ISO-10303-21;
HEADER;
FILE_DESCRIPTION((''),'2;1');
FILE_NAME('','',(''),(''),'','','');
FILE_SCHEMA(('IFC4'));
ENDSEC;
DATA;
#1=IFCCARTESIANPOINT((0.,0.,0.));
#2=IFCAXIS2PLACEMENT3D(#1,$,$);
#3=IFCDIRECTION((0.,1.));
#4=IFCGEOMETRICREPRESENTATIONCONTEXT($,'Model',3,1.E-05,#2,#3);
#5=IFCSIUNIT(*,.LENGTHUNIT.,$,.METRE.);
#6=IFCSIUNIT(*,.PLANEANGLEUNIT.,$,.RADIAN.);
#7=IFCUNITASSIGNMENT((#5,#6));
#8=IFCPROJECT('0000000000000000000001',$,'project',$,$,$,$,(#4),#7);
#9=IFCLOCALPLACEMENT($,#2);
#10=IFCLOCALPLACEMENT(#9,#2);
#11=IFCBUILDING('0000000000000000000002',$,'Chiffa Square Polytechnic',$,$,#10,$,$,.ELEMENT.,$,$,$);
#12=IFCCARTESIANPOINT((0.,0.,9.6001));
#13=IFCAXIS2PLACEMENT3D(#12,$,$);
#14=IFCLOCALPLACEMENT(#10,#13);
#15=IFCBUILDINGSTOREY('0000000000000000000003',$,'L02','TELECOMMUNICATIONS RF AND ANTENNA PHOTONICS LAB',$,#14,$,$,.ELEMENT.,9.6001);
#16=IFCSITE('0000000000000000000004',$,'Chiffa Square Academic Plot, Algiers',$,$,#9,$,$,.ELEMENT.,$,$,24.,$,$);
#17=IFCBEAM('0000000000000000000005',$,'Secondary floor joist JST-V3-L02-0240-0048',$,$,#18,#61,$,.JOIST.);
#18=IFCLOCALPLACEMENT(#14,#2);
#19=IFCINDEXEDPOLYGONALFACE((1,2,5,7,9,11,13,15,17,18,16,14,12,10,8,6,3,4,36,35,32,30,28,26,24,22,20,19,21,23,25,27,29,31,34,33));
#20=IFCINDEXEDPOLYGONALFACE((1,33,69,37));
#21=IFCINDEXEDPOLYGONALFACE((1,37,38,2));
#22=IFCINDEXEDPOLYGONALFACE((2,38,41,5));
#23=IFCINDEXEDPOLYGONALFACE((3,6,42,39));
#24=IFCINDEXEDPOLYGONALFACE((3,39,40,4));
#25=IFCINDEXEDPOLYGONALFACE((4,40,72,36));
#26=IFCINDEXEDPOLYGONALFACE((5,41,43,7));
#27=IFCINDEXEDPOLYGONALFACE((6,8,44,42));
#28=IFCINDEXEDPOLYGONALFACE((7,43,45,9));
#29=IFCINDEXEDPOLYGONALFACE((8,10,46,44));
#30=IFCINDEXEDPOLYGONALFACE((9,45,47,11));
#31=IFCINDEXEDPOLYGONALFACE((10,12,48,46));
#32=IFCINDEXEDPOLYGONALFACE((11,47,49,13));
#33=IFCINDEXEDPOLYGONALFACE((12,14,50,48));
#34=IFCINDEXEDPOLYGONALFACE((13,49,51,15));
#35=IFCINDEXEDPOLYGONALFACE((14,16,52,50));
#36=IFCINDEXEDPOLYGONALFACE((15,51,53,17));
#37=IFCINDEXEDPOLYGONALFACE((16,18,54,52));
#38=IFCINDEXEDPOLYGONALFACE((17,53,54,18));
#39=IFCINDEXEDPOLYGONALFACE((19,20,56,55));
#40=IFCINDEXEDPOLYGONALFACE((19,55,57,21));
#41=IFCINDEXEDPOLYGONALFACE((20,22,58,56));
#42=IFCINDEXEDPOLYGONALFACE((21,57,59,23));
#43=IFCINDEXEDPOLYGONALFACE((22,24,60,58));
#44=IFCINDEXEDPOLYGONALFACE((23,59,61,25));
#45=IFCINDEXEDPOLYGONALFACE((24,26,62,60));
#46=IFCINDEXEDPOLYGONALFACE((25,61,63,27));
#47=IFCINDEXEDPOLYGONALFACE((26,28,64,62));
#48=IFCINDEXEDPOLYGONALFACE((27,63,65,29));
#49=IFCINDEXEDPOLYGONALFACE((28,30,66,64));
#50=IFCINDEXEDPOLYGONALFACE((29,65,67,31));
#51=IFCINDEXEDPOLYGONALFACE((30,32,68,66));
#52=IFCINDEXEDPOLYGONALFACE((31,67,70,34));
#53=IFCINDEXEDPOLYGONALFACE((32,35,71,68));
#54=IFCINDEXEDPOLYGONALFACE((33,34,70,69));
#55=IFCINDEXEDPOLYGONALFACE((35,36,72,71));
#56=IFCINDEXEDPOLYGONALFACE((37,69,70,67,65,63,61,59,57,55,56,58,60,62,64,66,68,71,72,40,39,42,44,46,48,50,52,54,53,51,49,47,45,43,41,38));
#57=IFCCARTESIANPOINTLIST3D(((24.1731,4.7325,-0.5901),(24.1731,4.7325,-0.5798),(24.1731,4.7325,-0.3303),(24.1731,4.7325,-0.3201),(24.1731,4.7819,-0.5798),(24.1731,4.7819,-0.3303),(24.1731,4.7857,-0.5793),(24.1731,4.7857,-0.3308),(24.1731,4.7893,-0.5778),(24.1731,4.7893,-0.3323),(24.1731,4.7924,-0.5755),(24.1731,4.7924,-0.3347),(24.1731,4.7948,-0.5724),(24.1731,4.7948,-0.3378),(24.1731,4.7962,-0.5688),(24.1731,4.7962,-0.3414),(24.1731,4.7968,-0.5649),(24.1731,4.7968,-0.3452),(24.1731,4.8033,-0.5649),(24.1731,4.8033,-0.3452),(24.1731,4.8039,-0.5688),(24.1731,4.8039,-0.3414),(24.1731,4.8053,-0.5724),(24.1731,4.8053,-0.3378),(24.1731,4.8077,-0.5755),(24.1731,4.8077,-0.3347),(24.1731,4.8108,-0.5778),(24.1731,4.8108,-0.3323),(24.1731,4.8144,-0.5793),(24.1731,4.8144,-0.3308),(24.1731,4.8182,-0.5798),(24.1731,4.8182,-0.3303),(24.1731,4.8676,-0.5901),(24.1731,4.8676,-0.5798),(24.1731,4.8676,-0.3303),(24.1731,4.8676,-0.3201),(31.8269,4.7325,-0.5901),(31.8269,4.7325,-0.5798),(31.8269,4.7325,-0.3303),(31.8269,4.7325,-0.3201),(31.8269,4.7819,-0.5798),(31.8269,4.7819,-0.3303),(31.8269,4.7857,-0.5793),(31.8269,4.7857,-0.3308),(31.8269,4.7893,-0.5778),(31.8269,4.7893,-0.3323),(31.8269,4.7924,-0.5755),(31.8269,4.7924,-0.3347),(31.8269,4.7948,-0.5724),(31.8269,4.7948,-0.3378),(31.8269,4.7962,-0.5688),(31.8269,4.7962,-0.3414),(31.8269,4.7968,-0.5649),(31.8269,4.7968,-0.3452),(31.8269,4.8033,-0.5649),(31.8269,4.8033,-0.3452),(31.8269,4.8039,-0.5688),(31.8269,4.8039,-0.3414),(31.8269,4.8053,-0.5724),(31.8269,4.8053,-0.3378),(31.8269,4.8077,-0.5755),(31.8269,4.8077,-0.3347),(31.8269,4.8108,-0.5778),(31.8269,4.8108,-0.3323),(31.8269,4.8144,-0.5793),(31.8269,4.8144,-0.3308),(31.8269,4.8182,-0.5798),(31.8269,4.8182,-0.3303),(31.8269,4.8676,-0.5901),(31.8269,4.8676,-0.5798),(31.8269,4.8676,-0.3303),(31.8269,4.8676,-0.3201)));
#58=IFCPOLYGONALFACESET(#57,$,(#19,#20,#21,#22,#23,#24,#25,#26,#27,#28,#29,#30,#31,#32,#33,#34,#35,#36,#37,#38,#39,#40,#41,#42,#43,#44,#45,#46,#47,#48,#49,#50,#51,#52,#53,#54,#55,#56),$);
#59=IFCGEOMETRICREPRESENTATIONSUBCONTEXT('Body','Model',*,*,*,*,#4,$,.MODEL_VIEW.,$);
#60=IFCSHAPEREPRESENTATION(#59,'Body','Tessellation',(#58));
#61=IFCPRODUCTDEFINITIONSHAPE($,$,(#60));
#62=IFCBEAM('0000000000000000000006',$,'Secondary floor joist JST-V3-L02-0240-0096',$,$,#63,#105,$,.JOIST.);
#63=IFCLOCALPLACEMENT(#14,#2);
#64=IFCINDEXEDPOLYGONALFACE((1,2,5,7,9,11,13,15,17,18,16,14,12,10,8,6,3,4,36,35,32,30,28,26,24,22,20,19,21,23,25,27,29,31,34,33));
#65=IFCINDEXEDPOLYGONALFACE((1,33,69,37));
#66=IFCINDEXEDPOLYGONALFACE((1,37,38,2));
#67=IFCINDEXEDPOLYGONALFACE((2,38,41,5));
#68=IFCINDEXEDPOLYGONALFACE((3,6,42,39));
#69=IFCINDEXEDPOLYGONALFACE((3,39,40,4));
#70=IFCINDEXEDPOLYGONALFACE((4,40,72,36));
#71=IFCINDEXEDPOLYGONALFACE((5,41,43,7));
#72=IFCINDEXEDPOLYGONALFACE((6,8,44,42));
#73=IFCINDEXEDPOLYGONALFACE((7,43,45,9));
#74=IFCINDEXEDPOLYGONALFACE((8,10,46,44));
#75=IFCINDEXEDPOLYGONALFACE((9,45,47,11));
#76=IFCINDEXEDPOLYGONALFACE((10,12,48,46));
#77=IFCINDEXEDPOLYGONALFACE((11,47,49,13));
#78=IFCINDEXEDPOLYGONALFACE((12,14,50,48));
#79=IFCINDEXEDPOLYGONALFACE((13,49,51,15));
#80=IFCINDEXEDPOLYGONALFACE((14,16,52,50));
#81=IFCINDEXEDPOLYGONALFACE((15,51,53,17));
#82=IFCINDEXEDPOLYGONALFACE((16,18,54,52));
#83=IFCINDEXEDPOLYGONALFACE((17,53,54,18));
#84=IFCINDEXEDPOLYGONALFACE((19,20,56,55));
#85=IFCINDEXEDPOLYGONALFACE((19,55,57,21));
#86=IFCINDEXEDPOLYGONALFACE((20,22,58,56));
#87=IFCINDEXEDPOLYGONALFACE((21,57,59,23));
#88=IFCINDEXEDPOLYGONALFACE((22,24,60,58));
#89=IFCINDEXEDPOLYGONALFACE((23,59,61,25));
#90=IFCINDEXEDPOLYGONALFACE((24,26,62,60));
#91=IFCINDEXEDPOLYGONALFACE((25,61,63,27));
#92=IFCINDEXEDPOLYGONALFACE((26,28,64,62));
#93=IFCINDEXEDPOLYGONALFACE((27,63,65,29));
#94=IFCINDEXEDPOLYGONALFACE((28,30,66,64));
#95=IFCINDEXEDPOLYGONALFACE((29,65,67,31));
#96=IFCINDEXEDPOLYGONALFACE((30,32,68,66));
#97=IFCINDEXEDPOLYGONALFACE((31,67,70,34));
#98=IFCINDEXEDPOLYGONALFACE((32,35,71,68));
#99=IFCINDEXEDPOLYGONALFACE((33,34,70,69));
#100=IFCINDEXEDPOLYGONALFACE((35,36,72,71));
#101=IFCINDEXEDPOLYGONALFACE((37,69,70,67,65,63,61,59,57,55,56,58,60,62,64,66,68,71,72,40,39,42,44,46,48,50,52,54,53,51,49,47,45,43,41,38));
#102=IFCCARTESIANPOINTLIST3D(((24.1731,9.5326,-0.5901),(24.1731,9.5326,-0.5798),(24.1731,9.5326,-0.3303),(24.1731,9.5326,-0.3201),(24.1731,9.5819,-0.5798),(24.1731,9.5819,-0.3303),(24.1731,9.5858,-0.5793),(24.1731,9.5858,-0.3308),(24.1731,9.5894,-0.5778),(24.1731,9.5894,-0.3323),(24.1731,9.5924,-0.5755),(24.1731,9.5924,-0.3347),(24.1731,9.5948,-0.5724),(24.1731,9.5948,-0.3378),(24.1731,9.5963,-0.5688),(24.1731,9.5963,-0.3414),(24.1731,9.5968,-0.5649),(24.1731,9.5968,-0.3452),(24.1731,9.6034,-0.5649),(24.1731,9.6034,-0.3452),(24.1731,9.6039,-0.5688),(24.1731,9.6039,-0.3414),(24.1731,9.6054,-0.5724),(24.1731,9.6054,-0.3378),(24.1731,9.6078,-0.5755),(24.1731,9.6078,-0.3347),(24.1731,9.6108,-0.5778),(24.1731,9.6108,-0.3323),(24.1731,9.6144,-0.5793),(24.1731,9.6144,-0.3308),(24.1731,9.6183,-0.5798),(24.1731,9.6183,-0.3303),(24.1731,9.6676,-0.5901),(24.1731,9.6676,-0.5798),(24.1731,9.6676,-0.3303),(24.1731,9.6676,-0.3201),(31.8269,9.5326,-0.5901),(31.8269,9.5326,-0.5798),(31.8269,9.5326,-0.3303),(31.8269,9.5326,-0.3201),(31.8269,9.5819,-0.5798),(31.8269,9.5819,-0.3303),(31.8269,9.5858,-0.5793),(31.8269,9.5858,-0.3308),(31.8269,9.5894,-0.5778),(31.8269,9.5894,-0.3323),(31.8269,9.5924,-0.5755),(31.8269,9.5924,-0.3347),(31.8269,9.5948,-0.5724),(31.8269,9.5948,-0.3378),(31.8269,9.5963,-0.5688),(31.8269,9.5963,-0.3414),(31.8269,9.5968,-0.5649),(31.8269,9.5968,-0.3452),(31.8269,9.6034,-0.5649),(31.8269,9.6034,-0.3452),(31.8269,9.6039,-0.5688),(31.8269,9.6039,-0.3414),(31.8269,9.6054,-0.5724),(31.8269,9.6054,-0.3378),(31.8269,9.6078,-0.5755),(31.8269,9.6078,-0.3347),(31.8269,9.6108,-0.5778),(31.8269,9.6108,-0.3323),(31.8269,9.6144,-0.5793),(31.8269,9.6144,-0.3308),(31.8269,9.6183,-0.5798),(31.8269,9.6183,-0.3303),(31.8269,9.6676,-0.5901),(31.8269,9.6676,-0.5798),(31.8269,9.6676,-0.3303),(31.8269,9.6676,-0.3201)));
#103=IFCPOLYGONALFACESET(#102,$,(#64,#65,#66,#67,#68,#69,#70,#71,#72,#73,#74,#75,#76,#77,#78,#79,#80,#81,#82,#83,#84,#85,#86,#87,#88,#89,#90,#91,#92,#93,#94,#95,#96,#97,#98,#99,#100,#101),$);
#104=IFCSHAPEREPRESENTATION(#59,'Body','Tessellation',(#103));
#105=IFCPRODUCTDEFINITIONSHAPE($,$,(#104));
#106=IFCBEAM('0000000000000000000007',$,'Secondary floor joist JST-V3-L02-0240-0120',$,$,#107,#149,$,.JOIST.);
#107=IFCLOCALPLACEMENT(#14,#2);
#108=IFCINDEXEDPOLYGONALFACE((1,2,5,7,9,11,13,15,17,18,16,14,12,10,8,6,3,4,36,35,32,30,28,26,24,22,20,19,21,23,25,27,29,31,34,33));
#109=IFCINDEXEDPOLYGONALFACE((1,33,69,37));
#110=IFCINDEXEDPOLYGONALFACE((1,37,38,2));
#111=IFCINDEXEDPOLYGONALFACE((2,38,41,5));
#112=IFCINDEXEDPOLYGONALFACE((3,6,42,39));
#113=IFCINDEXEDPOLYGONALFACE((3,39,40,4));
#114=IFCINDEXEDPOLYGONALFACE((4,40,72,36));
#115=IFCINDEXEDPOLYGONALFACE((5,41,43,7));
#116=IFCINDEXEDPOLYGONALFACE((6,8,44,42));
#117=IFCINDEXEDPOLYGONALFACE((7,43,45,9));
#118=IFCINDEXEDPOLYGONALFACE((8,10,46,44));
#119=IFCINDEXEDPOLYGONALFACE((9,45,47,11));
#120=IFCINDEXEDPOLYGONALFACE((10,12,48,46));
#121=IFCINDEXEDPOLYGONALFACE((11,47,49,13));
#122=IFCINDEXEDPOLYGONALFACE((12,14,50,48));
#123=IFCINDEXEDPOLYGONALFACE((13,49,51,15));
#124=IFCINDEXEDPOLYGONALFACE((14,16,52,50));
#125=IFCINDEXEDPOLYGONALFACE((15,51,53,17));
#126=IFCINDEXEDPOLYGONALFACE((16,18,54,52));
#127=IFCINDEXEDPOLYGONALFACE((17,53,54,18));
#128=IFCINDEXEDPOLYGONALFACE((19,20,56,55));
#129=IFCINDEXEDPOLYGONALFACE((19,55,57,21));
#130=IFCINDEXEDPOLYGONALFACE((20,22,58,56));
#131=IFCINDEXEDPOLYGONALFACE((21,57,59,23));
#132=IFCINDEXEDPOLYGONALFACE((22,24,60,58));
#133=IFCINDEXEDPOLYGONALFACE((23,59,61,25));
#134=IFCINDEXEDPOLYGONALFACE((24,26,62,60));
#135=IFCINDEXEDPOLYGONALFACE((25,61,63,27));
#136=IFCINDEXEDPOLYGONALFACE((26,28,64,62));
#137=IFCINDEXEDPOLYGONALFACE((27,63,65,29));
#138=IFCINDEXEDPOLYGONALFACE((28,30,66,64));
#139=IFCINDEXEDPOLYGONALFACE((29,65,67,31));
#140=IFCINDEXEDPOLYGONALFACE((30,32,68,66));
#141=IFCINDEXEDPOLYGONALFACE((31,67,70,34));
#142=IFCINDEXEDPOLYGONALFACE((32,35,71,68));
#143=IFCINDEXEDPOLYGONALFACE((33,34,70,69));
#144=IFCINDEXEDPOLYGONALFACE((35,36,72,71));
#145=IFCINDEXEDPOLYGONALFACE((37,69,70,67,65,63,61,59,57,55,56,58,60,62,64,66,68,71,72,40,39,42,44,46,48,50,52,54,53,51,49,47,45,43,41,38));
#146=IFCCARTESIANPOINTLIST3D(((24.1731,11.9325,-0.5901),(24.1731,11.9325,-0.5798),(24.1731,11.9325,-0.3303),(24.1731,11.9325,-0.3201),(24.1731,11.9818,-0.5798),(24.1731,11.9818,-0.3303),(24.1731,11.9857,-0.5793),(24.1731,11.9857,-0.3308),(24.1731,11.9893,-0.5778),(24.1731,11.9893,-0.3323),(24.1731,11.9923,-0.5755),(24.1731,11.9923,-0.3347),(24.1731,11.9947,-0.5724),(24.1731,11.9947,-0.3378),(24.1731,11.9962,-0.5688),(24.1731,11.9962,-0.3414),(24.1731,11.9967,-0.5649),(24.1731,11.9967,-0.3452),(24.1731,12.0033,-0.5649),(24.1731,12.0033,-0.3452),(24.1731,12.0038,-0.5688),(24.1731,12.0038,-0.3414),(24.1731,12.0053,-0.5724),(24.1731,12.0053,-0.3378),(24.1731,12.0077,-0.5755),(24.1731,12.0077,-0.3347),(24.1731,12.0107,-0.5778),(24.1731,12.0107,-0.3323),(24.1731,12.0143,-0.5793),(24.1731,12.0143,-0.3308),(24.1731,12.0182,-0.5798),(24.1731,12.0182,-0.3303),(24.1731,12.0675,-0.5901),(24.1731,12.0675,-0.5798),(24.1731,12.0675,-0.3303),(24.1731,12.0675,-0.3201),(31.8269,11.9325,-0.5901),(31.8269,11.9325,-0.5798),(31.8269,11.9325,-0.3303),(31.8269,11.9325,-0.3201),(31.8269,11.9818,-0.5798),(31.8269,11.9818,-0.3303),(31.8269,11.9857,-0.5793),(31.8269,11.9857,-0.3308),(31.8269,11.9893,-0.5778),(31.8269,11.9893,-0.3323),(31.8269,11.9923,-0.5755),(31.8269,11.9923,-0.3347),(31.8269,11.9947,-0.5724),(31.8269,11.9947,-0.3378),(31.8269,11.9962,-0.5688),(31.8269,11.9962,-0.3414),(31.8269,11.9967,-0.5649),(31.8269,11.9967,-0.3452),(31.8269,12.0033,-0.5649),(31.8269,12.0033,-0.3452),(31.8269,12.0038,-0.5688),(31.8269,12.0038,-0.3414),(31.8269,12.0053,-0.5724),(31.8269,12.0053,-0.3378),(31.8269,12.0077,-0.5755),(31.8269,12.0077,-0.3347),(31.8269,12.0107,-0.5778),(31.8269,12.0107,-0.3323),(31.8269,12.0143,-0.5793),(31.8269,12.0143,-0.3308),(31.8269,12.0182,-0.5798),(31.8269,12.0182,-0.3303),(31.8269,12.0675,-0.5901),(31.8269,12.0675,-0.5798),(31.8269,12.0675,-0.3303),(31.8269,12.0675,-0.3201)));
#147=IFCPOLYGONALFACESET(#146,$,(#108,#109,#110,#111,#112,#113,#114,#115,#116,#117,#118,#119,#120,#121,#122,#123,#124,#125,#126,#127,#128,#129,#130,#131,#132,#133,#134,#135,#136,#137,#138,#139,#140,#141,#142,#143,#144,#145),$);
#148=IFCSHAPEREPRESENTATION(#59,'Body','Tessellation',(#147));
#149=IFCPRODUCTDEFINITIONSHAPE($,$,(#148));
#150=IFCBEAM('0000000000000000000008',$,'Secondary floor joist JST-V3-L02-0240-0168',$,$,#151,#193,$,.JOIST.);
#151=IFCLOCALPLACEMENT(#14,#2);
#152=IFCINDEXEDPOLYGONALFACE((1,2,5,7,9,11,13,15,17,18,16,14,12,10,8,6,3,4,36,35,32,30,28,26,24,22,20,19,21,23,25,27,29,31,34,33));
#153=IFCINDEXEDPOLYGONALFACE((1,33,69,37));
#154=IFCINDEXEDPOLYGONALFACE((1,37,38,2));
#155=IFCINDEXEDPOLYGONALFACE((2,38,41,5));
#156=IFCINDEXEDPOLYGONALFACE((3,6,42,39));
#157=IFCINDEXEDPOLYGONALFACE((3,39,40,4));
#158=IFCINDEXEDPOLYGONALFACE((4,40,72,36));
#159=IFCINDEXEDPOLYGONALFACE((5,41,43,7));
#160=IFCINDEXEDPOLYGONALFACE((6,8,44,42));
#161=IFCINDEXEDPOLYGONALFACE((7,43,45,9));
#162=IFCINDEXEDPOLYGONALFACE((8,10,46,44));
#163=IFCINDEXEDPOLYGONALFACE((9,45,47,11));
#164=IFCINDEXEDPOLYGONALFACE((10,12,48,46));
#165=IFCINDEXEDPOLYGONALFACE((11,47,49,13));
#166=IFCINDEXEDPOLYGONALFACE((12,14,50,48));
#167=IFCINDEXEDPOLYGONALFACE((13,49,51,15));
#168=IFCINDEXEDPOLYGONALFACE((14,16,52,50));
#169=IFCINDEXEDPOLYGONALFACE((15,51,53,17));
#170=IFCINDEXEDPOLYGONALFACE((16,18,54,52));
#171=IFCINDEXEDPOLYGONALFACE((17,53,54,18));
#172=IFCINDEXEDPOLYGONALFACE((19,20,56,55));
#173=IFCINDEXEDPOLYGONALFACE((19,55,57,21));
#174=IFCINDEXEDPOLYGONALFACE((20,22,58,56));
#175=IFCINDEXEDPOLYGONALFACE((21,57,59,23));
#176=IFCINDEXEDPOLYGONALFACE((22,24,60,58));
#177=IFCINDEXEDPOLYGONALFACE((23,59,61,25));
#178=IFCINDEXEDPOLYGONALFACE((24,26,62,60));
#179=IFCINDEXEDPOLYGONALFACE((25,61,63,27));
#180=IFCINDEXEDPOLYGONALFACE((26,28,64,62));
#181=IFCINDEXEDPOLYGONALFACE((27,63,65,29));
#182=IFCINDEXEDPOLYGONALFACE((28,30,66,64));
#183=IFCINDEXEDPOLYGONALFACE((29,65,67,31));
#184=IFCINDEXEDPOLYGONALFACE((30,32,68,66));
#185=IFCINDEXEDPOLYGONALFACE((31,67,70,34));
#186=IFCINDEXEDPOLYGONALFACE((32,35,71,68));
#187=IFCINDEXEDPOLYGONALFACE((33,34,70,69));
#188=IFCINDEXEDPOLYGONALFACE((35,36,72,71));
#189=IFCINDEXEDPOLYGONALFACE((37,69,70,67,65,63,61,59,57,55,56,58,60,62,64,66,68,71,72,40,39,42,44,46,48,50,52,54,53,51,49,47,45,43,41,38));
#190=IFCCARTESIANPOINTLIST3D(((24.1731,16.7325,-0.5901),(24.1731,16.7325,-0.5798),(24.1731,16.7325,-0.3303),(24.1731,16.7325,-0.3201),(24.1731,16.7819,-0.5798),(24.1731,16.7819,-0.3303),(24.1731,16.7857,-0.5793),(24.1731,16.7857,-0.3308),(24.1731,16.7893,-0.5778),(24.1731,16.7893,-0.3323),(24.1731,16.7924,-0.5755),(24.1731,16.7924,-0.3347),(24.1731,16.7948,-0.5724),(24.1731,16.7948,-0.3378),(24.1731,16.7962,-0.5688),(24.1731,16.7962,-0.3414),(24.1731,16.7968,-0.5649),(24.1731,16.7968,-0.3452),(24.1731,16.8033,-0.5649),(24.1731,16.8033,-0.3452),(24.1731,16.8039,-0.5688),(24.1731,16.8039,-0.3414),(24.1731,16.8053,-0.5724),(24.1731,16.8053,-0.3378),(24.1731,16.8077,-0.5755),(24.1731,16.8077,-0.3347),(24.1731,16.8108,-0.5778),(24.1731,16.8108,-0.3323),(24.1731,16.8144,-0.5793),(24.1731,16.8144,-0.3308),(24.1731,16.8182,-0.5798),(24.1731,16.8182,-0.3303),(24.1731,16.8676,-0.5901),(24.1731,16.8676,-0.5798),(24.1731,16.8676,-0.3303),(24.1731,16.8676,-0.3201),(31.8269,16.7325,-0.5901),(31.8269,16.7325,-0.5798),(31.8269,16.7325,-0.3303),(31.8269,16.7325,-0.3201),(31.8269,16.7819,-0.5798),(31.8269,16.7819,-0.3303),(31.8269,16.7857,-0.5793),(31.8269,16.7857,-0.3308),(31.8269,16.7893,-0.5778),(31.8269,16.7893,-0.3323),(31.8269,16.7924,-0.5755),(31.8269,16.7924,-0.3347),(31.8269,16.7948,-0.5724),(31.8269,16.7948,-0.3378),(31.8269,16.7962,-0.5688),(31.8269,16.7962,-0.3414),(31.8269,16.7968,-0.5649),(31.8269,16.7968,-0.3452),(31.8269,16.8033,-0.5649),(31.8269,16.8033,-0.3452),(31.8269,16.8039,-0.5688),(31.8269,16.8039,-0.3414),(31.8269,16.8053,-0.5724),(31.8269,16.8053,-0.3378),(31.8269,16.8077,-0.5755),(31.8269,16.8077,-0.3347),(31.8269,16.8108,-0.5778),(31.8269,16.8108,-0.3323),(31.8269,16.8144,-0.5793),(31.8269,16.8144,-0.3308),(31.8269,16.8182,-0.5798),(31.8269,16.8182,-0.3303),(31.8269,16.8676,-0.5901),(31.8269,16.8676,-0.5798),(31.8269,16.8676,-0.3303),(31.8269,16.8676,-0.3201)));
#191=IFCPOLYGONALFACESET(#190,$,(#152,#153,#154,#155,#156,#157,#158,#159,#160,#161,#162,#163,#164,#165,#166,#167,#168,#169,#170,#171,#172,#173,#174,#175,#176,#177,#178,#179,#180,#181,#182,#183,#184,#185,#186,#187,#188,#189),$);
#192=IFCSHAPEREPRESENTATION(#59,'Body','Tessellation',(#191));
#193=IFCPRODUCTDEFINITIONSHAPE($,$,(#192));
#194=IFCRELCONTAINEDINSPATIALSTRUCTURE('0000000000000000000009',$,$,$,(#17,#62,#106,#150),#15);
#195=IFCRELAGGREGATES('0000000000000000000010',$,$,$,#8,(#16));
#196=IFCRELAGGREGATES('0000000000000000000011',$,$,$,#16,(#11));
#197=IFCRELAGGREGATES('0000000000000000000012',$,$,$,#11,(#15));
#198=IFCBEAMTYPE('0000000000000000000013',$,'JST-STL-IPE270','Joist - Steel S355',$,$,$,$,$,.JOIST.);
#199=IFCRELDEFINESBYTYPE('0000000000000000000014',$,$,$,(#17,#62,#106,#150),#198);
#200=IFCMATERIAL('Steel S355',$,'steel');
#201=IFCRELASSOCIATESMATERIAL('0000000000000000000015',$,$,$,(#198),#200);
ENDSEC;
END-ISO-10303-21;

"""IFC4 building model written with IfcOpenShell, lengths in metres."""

from ifc_helpers import new_model, si_unit, direction, frame, origin, origin_2d, place, context, subcontext, project, spatial, i_section, extrude, material, material_profile, profile_set, type_object, element, save


model = new_model("IFC4")

# Units and contexts
model_context = context("Model", 3, precision=1e-05, world=origin(), true_north=direction((0.0, 1.0)))
body_context = subcontext(model_context, "Body", "Model", "MODEL_VIEW")
ifc_project = project(units=[si_unit("LENGTHUNIT", "METRE"), si_unit("PLANEANGLEUNIT", "RADIAN")], contexts=[model_context])

# Site, building, storey
site_placement = place(None, origin())
site = spatial("IfcSite", under=ifc_project, at=site_placement, Name="Chiffa Square Academic Plot, Algiers", CompositionType="ELEMENT", RefElevation=24.0)
building_placement = place(site_placement, origin())
building = spatial("IfcBuilding", under=site, at=building_placement, Name="Chiffa Square Polytechnic", CompositionType="ELEMENT")
storey_placement = place(building_placement, frame((0.0, 0.0, 9.6001)))
storey = spatial("IfcBuildingStorey", under=building, at=storey_placement, Name="L02", Description="TELECOMMUNICATIONS RF AND ANTENNA PHOTONICS LAB", CompositionType="ELEMENT", Elevation=9.6001)

# Beams
ifc_material_1 = material(Name="Steel S355", Category="steel")
ifc_material_profile_1 = material_profile(ifc_material_1, i_section(OverallWidth=0.135, OverallDepth=0.27, WebThickness=0.0066, FlangeThickness=0.0103, FilletRadius=0.0149, at=origin_2d()), Name="IPE 270")
ifc_profile_set_1 = profile_set([ifc_material_profile_1], Name="Steel S355")
beam_type_1 = type_object("IfcBeamType", Name="JST-STL-IPE270", Description="Joist - Steel S355", PredefinedType="JOIST", material=ifc_profile_set_1)
for number, where, z_axis, x_axis, name in (
    (1, (24.1731, 4.8, -0.4551), (1.0, 0.0, 0.0), (0.0, 1.0, 0.0), "Secondary floor joist JST-V3-L02-0240-0048"),
    (2, (24.1731, 9.6001, -0.4551), (1.0, 0.0, 0.0), (0.0, 1.0, 0.0), "Secondary floor joist JST-V3-L02-0240-0096"),
    (3, (24.1731, 12.0, -0.4551), (1.0, 0.0, 0.0), (0.0, 1.0, 0.0), "Secondary floor joist JST-V3-L02-0240-0120"),
    (4, (24.1731, 16.8, -0.4551), (1.0, 0.0, 0.0), (0.0, 1.0, 0.0), "Secondary floor joist JST-V3-L02-0240-0168"),
):
    element("IfcBeam", number, at=place(storey_placement, frame(where, z_axis=z_axis, x_axis=x_axis)), inside=storey, type_object=beam_type_1, Name=name, PredefinedType="JOIST", context=body_context, shape_type="SweptSolid", body=[
        extrude(i_section(OverallWidth=0.135, OverallDepth=0.27, WebThickness=0.0066, FlangeThickness=0.0103, FilletRadius=0.0149, at=origin_2d()), origin(), (0.0, 0.0, 1.0), 7.6538),
    ])

save(model, "model.ifc")
